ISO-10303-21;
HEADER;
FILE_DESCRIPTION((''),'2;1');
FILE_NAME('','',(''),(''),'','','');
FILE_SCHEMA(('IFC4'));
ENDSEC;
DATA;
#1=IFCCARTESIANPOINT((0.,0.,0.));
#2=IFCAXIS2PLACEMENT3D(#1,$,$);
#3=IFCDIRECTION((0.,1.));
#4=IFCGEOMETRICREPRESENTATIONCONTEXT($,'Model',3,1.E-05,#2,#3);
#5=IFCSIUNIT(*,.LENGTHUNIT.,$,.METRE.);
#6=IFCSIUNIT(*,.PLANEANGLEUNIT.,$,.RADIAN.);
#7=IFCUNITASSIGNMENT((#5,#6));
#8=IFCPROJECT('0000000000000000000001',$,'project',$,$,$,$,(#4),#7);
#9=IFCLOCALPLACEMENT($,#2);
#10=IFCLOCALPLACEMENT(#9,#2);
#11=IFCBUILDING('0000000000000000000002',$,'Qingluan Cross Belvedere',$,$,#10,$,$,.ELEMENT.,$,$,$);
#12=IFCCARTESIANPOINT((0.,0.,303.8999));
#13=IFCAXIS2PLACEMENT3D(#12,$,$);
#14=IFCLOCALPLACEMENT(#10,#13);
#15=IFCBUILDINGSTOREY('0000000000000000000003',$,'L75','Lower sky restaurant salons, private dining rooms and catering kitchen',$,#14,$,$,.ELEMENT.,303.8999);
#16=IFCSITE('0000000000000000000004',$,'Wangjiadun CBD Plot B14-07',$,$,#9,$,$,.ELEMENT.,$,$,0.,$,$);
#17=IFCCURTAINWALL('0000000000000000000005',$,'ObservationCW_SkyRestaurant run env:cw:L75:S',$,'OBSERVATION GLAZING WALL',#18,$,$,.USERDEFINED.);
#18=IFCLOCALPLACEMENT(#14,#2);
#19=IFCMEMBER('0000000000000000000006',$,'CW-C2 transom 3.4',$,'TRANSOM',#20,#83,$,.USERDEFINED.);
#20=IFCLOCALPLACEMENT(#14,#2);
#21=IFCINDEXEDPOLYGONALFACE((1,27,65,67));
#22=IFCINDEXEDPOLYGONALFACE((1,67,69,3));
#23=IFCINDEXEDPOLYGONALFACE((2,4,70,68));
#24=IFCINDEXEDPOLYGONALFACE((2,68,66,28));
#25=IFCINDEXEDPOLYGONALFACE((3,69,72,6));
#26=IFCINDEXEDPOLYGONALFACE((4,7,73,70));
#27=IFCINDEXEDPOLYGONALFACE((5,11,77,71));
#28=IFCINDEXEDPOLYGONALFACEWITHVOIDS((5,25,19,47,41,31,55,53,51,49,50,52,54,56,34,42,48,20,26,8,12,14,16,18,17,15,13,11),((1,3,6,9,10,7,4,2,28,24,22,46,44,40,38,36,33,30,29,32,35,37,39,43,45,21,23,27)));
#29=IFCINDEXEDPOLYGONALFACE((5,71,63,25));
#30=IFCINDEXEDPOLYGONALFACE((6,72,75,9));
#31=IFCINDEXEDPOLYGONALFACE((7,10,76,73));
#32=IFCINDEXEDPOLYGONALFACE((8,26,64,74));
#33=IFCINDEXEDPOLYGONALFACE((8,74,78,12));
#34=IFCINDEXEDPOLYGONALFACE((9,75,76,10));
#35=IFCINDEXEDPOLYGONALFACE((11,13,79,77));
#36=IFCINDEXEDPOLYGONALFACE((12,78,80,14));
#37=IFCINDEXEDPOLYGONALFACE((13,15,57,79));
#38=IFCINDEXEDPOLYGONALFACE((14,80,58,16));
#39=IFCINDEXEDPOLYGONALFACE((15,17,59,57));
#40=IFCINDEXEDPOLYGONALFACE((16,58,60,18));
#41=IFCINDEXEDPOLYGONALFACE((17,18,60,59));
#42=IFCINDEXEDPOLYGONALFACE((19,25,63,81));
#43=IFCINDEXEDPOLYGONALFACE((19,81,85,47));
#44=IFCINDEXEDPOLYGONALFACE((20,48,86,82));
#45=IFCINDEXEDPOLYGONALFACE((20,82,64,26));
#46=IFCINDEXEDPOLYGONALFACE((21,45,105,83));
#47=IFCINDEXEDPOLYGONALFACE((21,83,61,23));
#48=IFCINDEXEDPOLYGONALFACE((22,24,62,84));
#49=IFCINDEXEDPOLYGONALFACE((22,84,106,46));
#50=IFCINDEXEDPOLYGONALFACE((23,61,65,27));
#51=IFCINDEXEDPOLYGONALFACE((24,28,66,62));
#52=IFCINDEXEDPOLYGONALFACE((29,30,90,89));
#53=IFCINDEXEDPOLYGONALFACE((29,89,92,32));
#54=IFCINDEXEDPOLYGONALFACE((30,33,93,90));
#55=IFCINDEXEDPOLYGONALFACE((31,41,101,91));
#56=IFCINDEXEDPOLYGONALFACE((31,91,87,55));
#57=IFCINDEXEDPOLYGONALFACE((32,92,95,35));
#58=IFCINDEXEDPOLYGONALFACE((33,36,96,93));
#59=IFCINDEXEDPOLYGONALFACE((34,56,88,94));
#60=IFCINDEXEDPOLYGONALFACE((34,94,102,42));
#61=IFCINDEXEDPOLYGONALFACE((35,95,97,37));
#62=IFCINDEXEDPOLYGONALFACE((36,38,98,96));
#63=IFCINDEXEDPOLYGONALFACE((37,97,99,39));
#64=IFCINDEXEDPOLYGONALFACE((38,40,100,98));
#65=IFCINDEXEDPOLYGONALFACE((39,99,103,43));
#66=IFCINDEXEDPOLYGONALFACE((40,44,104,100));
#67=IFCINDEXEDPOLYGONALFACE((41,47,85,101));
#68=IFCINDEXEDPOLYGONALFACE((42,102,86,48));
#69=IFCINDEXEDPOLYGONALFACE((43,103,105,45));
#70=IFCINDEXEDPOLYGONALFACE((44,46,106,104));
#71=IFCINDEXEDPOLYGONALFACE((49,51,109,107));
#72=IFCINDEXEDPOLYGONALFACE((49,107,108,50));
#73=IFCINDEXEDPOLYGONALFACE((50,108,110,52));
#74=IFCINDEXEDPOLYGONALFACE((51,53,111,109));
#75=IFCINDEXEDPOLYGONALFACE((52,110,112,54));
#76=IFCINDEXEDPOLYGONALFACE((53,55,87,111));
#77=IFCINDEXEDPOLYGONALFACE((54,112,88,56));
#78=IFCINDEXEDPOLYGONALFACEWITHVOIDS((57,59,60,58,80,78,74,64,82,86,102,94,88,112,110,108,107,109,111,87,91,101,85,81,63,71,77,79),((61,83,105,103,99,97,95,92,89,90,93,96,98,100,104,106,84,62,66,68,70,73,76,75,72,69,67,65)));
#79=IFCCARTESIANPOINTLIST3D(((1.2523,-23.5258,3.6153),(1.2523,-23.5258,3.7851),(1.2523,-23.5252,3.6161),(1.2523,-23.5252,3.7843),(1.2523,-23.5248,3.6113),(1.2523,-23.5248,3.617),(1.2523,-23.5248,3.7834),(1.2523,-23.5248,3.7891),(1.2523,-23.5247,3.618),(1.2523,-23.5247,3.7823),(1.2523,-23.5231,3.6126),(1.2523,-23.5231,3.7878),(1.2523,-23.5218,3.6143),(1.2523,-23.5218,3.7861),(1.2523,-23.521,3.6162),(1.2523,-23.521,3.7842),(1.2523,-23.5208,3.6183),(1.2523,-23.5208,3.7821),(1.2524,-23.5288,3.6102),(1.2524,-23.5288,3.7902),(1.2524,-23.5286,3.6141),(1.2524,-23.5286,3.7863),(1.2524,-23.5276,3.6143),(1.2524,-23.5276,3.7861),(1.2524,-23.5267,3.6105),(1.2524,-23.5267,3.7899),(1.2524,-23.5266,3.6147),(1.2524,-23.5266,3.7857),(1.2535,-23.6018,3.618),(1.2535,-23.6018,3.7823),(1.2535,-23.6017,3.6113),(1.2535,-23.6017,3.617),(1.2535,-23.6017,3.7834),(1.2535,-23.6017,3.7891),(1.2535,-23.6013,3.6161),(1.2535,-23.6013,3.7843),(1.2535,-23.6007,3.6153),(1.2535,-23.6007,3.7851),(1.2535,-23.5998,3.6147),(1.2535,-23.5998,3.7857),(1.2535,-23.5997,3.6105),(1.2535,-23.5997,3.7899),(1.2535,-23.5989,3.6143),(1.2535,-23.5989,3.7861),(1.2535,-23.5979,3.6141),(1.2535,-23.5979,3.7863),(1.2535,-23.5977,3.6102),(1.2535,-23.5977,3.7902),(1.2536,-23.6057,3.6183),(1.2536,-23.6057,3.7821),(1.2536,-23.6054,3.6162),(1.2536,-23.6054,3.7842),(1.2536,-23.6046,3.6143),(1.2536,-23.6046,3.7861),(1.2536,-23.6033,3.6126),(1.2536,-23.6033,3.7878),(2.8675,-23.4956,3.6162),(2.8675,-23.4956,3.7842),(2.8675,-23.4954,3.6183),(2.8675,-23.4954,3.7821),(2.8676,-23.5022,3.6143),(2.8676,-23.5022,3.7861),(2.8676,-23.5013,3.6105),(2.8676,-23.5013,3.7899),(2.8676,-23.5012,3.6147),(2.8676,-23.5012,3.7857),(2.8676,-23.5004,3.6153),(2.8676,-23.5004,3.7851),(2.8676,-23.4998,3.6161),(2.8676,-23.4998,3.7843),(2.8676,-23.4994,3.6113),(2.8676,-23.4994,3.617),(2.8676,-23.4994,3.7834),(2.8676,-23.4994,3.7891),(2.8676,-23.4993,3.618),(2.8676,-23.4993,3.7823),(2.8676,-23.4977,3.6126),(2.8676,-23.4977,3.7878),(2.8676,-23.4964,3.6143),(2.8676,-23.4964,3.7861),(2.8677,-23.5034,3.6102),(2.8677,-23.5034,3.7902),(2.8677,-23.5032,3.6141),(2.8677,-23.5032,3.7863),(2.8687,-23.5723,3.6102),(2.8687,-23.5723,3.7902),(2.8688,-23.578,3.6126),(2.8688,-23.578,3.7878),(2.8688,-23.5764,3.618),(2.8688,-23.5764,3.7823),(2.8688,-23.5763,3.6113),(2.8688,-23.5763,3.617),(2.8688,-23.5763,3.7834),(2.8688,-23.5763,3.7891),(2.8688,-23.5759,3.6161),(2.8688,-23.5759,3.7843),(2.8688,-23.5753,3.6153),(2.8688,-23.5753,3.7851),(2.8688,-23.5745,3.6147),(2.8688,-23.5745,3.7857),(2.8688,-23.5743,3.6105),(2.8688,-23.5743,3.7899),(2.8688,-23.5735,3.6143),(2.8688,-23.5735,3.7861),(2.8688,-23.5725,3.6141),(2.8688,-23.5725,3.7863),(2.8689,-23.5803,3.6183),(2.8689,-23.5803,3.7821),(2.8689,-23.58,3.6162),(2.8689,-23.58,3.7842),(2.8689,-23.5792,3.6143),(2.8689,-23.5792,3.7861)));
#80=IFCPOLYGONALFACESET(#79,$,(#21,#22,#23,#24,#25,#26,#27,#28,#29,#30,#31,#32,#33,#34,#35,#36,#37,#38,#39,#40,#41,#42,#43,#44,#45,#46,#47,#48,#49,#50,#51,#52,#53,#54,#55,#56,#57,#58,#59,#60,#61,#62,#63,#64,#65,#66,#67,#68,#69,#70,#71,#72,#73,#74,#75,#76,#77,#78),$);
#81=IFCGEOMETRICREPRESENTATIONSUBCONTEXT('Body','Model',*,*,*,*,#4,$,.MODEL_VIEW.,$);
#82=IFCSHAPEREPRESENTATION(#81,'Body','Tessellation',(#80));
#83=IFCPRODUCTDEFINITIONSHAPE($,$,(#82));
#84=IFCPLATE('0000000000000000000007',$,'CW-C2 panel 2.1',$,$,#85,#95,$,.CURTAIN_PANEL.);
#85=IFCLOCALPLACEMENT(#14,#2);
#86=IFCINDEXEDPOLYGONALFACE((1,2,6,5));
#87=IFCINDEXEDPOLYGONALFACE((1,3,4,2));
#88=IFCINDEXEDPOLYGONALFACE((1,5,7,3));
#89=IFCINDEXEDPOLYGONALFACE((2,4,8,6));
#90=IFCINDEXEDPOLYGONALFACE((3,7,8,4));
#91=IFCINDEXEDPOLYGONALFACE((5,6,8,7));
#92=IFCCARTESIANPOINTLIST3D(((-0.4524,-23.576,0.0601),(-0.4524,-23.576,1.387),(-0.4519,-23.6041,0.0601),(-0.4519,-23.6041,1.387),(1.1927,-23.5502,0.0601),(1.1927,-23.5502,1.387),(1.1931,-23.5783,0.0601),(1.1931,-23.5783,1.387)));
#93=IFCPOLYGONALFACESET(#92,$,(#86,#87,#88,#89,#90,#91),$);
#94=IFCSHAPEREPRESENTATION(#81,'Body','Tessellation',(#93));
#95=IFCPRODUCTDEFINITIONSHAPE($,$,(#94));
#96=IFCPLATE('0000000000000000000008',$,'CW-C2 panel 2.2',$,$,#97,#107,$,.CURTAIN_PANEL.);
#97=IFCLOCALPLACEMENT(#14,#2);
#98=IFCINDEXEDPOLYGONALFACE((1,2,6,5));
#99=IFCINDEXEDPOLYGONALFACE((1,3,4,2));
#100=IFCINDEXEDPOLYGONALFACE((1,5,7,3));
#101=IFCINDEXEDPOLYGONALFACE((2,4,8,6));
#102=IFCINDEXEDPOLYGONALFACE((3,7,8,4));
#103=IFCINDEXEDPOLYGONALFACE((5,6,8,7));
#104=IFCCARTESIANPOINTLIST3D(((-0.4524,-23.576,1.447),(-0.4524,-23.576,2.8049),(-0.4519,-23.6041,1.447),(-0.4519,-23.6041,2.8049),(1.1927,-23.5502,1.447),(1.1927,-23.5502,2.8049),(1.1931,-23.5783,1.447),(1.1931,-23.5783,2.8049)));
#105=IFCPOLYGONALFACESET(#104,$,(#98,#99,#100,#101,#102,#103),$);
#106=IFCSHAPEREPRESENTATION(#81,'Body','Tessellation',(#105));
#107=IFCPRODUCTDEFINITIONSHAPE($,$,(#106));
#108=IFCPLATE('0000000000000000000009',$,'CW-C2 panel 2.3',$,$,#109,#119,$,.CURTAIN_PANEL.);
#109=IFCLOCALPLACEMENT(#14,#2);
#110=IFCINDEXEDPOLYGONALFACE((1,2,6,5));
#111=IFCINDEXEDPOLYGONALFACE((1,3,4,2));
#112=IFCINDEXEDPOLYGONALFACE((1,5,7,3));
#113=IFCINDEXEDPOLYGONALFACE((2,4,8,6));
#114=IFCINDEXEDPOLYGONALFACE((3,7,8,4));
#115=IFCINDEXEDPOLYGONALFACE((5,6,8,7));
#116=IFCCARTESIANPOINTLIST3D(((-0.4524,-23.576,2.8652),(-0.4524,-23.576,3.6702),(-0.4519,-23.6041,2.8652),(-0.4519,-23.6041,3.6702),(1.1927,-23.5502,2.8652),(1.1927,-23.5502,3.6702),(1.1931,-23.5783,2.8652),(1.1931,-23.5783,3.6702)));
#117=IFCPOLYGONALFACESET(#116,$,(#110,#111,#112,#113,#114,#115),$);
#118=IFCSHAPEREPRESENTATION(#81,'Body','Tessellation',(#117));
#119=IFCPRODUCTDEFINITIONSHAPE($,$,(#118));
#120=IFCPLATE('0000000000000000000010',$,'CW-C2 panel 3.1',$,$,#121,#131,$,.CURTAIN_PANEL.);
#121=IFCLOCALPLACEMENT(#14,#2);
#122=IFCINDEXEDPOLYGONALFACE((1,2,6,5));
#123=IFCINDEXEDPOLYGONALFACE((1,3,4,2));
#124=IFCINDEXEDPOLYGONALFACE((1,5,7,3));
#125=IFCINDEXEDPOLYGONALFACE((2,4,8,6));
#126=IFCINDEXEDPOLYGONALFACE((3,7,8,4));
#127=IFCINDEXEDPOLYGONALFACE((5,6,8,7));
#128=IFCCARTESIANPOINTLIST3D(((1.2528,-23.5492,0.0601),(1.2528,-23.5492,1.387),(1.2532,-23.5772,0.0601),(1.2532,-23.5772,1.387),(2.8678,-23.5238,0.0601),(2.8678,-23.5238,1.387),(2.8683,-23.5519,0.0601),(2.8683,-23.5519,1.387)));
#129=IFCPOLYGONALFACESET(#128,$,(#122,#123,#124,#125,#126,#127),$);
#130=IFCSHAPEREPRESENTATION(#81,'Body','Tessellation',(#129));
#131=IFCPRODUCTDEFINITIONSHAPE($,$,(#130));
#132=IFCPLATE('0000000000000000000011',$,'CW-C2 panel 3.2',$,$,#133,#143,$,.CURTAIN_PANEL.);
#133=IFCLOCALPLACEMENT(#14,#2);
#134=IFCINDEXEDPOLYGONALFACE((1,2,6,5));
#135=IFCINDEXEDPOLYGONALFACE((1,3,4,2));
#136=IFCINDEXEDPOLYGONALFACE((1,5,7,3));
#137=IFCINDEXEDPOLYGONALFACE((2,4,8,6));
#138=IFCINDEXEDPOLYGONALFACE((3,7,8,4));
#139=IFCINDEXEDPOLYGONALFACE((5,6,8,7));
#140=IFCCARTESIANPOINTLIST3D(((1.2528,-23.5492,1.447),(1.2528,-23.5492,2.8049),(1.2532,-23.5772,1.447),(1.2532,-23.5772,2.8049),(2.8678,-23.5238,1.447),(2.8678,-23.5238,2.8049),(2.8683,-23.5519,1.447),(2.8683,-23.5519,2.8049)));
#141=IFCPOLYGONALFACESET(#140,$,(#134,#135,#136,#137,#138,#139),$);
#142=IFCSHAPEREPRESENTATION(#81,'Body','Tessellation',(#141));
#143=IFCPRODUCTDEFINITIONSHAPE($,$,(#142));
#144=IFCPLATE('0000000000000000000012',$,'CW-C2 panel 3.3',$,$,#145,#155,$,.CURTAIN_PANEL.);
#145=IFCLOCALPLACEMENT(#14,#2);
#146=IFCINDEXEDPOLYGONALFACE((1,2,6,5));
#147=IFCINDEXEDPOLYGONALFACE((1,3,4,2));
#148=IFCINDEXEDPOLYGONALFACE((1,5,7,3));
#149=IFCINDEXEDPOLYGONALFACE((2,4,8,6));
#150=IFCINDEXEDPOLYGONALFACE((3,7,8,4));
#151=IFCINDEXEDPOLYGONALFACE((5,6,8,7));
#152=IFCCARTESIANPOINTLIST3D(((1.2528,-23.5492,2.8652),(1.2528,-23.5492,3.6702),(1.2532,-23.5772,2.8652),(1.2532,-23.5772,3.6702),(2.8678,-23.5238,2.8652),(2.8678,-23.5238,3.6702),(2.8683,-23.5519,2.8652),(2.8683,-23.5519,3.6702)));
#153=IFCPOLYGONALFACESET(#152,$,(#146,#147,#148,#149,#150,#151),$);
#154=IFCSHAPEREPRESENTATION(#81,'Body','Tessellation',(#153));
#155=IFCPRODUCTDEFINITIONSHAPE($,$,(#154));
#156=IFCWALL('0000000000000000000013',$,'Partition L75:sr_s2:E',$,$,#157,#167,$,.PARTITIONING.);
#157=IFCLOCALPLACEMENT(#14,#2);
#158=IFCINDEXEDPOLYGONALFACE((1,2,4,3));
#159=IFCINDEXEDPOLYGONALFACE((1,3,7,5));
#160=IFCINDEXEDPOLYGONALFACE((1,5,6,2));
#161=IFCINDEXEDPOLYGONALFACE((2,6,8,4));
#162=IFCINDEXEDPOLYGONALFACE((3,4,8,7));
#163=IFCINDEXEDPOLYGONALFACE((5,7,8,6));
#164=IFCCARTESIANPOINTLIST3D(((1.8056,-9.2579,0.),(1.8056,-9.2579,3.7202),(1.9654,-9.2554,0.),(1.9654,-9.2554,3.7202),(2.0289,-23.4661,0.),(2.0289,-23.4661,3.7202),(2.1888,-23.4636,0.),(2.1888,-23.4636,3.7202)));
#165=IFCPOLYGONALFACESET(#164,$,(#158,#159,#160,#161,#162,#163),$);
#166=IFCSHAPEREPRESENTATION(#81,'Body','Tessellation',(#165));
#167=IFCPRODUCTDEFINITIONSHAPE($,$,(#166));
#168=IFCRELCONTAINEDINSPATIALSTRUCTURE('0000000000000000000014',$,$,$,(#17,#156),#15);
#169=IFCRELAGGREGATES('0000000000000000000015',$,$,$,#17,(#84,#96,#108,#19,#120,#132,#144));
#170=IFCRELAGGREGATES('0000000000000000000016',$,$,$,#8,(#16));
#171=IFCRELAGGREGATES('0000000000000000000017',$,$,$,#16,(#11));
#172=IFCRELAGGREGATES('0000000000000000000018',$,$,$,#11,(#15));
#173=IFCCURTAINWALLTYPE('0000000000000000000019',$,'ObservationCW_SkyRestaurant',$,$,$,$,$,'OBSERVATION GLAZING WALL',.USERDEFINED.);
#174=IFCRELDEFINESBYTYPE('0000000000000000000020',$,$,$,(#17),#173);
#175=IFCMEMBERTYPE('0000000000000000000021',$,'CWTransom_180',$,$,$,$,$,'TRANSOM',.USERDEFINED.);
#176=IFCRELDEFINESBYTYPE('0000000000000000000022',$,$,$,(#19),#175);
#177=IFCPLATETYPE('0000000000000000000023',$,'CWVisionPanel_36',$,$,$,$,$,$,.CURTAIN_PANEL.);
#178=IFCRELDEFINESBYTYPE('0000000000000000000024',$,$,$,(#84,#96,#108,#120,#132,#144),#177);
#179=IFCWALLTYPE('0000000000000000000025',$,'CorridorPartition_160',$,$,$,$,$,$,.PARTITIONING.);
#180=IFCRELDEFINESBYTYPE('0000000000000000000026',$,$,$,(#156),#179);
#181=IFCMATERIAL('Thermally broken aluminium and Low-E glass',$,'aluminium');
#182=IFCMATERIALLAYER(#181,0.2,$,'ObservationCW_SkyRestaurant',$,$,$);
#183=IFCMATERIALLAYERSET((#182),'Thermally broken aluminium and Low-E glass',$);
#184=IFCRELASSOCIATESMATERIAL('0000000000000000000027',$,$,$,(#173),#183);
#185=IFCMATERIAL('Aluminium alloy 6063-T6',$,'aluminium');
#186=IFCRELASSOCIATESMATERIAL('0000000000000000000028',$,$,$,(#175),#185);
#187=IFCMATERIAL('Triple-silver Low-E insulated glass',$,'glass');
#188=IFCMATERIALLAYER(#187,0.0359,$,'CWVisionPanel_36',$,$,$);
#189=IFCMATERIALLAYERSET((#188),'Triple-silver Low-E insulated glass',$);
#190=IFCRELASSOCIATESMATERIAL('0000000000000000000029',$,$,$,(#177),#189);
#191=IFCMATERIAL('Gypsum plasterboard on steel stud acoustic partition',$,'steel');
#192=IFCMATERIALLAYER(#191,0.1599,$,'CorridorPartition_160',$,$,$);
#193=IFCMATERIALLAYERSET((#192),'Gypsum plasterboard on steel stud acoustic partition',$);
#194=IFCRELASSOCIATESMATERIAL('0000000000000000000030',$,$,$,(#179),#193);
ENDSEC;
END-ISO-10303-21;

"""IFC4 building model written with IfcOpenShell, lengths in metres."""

from ifc_helpers import new_model, si_unit, direction, frame, frame_2d, origin, origin_2d, place, context, subcontext, project, spatial, rectangle, hollow_rectangle, extrude, material, layer, layer_set, material_profile, profile_set, type_object, element, aggregate, save


model = new_model("IFC4")

# Units and contexts
model_context = context("Model", 3, precision=1e-05, world=origin(), true_north=direction((0.0, 1.0)))
body_context = subcontext(model_context, "Body", "Model", "MODEL_VIEW")
ifc_project = project(units=[si_unit("LENGTHUNIT", "METRE"), si_unit("PLANEANGLEUNIT", "RADIAN")], contexts=[model_context])

# Site, building, storey
site_placement = place(None, origin())
site = spatial("IfcSite", under=ifc_project, at=site_placement, Name="Wangjiadun CBD Plot B14-07", CompositionType="ELEMENT", RefElevation=0.0)
building_placement = place(site_placement, origin())
building = spatial("IfcBuilding", under=site, at=building_placement, Name="Qingluan Cross Belvedere", CompositionType="ELEMENT")
storey_placement = place(building_placement, frame((0.0, 0.0, 303.8999)))
storey = spatial("IfcBuildingStorey", under=building, at=storey_placement, Name="L75", Description="Lower sky restaurant salons, private dining rooms and catering kitchen", CompositionType="ELEMENT", Elevation=303.8999)

# Curtain wall, member, plates
ifc_material_1 = material(Name="Thermally broken aluminium and Low-E glass", Category="aluminium")
ifc_layer_1 = layer(ifc_material_1, 0.2, Name="ObservationCW_SkyRestaurant")
ifc_layer_set_1 = layer_set([ifc_layer_1], Name="Thermally broken aluminium and Low-E glass")
curtain_wall_type = type_object("IfcCurtainWallType", Name="ObservationCW_SkyRestaurant", ElementType="OBSERVATION GLAZING WALL", PredefinedType="USERDEFINED", material=ifc_layer_set_1)
curtain_wall_placement = place(storey_placement, origin())
curtain_wall = element("IfcCurtainWall", 1, at=curtain_wall_placement, inside=storey, type_object=curtain_wall_type, Name="ObservationCW_SkyRestaurant run env:cw:L75:S", ObjectType="OBSERVATION GLAZING WALL", PredefinedType="USERDEFINED")
ifc_material_2 = material(Name="Aluminium alloy 6063-T6", Category="aluminium")
ifc_material_profile_1 = material_profile(ifc_material_2, hollow_rectangle(XDim=0.085, YDim=0.1799, WallThickness=0.0039, InnerFilletRadius=0.0039, OuterFilletRadius=0.0081, at=origin_2d()), Name="CWT180x85x4")
ifc_profile_set_1 = profile_set([ifc_material_profile_1], Name="Aluminium alloy 6063-T6")
member_type_1 = type_object("IfcMemberType", Name="CWTransom_180", ElementType="TRANSOM", PredefinedType="USERDEFINED", material=ifc_profile_set_1)
member_1_placement = place(storey_placement, frame((1.2529, -23.5632, 3.7002), z_axis=(0.999876, 0.015718, 0.0), x_axis=(-0.015718, 0.999876, 0.0)))
member_1 = element("IfcMember", 2, at=member_1_placement, type_object=member_type_1, Name="CW-C2 transom 3.4", ObjectType="TRANSOM", PredefinedType="USERDEFINED", context=body_context, shape_type="SweptSolid", body=[
    extrude(hollow_rectangle(XDim=0.085, YDim=0.1799, WallThickness=0.0039, InnerFilletRadius=0.0039, OuterFilletRadius=0.0081, at=origin_2d()), origin(), (0.0, 0.0, 1.0), 1.6155),
])
ifc_material_3 = material(Name="Triple-silver Low-E insulated glass", Category="glass")
ifc_layer_2 = layer(ifc_material_3, 0.0359, Name="CWVisionPanel_36")
ifc_layer_set_2 = layer_set([ifc_layer_2], Name="Triple-silver Low-E insulated glass")
plate_type = type_object("IfcPlateType", Name="CWVisionPanel_36", PredefinedType="CURTAIN_PANEL", material=ifc_layer_set_2)
plate_1_placement = place(storey_placement, frame((0.3704, -23.5771, 0.0601), z_axis=(0.0, 0.0, 1.0), x_axis=(0.999877, 0.015696, 0.0)))
plate_1 = element("IfcPlate", 3, at=plate_1_placement, type_object=plate_type, Name="CW-C2 panel 2.1", PredefinedType="CURTAIN_PANEL", context=body_context, shape_type="SweptSolid", body=[
    extrude(rectangle(XDim=1.6453, YDim=0.0281, at=origin_2d()), origin(), (0.0, 0.0, 1.0), 1.3269),
])
plate_2_placement = place(storey_placement, frame((0.3704, -23.5771, 1.447), z_axis=(0.0, 0.0, 1.0), x_axis=(0.999877, 0.015696, 0.0)))
plate_2 = element("IfcPlate", 4, at=plate_2_placement, type_object=plate_type, Name="CW-C2 panel 2.2", PredefinedType="CURTAIN_PANEL", context=body_context, shape_type="SweptSolid", body=[
    extrude(rectangle(XDim=1.6453, YDim=0.0281, at=origin_2d()), origin(), (0.0, 0.0, 1.0), 1.3579),
])
plate_3_placement = place(storey_placement, frame((0.3704, -23.5771, 2.8652), z_axis=(0.0, 0.0, 1.0), x_axis=(0.999877, 0.015696, 0.0)))
plate_3 = element("IfcPlate", 5, at=plate_3_placement, type_object=plate_type, Name="CW-C2 panel 2.3", PredefinedType="CURTAIN_PANEL", context=body_context, shape_type="SweptSolid", body=[
    extrude(rectangle(XDim=1.6453, YDim=0.0281, at=origin_2d()), origin(), (0.0, 0.0, 1.0), 0.8049),
])
plate_4_placement = place(storey_placement, frame((2.0605, -23.5505, 0.0601), z_axis=(0.0, 0.0, 1.0), x_axis=(0.999877, 0.015696, 0.0)))
plate_4 = element("IfcPlate", 6, at=plate_4_placement, type_object=plate_type, Name="CW-C2 panel 3.1", PredefinedType="CURTAIN_PANEL", context=body_context, shape_type="SweptSolid", body=[
    extrude(rectangle(XDim=1.6152, YDim=0.0281, at=origin_2d()), origin(), (0.0, 0.0, 1.0), 1.3269),
])
plate_5_placement = place(storey_placement, frame((2.0605, -23.5505, 1.447), z_axis=(0.0, 0.0, 1.0), x_axis=(0.999877, 0.015696, 0.0)))
plate_5 = element("IfcPlate", 7, at=plate_5_placement, type_object=plate_type, Name="CW-C2 panel 3.2", PredefinedType="CURTAIN_PANEL", context=body_context, shape_type="SweptSolid", body=[
    extrude(rectangle(XDim=1.6152, YDim=0.0281, at=origin_2d()), origin(), (0.0, 0.0, 1.0), 1.3579),
])
plate_6_placement = place(storey_placement, frame((2.0605, -23.5505, 2.8652), z_axis=(0.0, 0.0, 1.0), x_axis=(0.999877, 0.015696, 0.0)))
plate_6 = element("IfcPlate", 8, at=plate_6_placement, type_object=plate_type, Name="CW-C2 panel 3.3", PredefinedType="CURTAIN_PANEL", context=body_context, shape_type="SweptSolid", body=[
    extrude(rectangle(XDim=1.6152, YDim=0.0281, at=origin_2d()), origin(), (0.0, 0.0, 1.0), 0.8049),
])
aggregate(curtain_wall, [plate_1, plate_2, plate_3, member_1, plate_4, plate_5, plate_6])

# Wall
ifc_material_4 = material(Name="Gypsum plasterboard on steel stud acoustic partition", Category="steel")
ifc_layer_3 = layer(ifc_material_4, 0.1599, Name="CorridorPartition_160")
ifc_layer_set_3 = layer_set([ifc_layer_3], Name="Gypsum plasterboard on steel stud acoustic partition")
wall_type_1 = type_object("IfcWallType", Name="CorridorPartition_160", PredefinedType="PARTITIONING", material=ifc_layer_set_3)
wall_1_placement = place(storey_placement, frame((2.1089, -23.4648, 0.0), z_axis=(0.0, 0.0, 1.0), x_axis=(-0.015721, 0.999876, 0.0)))
element("IfcWall", 9, at=wall_1_placement, inside=storey, type_object=wall_type_1, Name="Partition L75:sr_s2:E", PredefinedType="PARTITIONING", context=body_context, shape_type="SweptSolid", body=[
    extrude(rectangle(XDim=14.21, YDim=0.1599, at=frame_2d((7.105, 0.0))), origin(), (0.0, 0.0, 1.0), 3.7202),
])

save(model, "model.ifc")
